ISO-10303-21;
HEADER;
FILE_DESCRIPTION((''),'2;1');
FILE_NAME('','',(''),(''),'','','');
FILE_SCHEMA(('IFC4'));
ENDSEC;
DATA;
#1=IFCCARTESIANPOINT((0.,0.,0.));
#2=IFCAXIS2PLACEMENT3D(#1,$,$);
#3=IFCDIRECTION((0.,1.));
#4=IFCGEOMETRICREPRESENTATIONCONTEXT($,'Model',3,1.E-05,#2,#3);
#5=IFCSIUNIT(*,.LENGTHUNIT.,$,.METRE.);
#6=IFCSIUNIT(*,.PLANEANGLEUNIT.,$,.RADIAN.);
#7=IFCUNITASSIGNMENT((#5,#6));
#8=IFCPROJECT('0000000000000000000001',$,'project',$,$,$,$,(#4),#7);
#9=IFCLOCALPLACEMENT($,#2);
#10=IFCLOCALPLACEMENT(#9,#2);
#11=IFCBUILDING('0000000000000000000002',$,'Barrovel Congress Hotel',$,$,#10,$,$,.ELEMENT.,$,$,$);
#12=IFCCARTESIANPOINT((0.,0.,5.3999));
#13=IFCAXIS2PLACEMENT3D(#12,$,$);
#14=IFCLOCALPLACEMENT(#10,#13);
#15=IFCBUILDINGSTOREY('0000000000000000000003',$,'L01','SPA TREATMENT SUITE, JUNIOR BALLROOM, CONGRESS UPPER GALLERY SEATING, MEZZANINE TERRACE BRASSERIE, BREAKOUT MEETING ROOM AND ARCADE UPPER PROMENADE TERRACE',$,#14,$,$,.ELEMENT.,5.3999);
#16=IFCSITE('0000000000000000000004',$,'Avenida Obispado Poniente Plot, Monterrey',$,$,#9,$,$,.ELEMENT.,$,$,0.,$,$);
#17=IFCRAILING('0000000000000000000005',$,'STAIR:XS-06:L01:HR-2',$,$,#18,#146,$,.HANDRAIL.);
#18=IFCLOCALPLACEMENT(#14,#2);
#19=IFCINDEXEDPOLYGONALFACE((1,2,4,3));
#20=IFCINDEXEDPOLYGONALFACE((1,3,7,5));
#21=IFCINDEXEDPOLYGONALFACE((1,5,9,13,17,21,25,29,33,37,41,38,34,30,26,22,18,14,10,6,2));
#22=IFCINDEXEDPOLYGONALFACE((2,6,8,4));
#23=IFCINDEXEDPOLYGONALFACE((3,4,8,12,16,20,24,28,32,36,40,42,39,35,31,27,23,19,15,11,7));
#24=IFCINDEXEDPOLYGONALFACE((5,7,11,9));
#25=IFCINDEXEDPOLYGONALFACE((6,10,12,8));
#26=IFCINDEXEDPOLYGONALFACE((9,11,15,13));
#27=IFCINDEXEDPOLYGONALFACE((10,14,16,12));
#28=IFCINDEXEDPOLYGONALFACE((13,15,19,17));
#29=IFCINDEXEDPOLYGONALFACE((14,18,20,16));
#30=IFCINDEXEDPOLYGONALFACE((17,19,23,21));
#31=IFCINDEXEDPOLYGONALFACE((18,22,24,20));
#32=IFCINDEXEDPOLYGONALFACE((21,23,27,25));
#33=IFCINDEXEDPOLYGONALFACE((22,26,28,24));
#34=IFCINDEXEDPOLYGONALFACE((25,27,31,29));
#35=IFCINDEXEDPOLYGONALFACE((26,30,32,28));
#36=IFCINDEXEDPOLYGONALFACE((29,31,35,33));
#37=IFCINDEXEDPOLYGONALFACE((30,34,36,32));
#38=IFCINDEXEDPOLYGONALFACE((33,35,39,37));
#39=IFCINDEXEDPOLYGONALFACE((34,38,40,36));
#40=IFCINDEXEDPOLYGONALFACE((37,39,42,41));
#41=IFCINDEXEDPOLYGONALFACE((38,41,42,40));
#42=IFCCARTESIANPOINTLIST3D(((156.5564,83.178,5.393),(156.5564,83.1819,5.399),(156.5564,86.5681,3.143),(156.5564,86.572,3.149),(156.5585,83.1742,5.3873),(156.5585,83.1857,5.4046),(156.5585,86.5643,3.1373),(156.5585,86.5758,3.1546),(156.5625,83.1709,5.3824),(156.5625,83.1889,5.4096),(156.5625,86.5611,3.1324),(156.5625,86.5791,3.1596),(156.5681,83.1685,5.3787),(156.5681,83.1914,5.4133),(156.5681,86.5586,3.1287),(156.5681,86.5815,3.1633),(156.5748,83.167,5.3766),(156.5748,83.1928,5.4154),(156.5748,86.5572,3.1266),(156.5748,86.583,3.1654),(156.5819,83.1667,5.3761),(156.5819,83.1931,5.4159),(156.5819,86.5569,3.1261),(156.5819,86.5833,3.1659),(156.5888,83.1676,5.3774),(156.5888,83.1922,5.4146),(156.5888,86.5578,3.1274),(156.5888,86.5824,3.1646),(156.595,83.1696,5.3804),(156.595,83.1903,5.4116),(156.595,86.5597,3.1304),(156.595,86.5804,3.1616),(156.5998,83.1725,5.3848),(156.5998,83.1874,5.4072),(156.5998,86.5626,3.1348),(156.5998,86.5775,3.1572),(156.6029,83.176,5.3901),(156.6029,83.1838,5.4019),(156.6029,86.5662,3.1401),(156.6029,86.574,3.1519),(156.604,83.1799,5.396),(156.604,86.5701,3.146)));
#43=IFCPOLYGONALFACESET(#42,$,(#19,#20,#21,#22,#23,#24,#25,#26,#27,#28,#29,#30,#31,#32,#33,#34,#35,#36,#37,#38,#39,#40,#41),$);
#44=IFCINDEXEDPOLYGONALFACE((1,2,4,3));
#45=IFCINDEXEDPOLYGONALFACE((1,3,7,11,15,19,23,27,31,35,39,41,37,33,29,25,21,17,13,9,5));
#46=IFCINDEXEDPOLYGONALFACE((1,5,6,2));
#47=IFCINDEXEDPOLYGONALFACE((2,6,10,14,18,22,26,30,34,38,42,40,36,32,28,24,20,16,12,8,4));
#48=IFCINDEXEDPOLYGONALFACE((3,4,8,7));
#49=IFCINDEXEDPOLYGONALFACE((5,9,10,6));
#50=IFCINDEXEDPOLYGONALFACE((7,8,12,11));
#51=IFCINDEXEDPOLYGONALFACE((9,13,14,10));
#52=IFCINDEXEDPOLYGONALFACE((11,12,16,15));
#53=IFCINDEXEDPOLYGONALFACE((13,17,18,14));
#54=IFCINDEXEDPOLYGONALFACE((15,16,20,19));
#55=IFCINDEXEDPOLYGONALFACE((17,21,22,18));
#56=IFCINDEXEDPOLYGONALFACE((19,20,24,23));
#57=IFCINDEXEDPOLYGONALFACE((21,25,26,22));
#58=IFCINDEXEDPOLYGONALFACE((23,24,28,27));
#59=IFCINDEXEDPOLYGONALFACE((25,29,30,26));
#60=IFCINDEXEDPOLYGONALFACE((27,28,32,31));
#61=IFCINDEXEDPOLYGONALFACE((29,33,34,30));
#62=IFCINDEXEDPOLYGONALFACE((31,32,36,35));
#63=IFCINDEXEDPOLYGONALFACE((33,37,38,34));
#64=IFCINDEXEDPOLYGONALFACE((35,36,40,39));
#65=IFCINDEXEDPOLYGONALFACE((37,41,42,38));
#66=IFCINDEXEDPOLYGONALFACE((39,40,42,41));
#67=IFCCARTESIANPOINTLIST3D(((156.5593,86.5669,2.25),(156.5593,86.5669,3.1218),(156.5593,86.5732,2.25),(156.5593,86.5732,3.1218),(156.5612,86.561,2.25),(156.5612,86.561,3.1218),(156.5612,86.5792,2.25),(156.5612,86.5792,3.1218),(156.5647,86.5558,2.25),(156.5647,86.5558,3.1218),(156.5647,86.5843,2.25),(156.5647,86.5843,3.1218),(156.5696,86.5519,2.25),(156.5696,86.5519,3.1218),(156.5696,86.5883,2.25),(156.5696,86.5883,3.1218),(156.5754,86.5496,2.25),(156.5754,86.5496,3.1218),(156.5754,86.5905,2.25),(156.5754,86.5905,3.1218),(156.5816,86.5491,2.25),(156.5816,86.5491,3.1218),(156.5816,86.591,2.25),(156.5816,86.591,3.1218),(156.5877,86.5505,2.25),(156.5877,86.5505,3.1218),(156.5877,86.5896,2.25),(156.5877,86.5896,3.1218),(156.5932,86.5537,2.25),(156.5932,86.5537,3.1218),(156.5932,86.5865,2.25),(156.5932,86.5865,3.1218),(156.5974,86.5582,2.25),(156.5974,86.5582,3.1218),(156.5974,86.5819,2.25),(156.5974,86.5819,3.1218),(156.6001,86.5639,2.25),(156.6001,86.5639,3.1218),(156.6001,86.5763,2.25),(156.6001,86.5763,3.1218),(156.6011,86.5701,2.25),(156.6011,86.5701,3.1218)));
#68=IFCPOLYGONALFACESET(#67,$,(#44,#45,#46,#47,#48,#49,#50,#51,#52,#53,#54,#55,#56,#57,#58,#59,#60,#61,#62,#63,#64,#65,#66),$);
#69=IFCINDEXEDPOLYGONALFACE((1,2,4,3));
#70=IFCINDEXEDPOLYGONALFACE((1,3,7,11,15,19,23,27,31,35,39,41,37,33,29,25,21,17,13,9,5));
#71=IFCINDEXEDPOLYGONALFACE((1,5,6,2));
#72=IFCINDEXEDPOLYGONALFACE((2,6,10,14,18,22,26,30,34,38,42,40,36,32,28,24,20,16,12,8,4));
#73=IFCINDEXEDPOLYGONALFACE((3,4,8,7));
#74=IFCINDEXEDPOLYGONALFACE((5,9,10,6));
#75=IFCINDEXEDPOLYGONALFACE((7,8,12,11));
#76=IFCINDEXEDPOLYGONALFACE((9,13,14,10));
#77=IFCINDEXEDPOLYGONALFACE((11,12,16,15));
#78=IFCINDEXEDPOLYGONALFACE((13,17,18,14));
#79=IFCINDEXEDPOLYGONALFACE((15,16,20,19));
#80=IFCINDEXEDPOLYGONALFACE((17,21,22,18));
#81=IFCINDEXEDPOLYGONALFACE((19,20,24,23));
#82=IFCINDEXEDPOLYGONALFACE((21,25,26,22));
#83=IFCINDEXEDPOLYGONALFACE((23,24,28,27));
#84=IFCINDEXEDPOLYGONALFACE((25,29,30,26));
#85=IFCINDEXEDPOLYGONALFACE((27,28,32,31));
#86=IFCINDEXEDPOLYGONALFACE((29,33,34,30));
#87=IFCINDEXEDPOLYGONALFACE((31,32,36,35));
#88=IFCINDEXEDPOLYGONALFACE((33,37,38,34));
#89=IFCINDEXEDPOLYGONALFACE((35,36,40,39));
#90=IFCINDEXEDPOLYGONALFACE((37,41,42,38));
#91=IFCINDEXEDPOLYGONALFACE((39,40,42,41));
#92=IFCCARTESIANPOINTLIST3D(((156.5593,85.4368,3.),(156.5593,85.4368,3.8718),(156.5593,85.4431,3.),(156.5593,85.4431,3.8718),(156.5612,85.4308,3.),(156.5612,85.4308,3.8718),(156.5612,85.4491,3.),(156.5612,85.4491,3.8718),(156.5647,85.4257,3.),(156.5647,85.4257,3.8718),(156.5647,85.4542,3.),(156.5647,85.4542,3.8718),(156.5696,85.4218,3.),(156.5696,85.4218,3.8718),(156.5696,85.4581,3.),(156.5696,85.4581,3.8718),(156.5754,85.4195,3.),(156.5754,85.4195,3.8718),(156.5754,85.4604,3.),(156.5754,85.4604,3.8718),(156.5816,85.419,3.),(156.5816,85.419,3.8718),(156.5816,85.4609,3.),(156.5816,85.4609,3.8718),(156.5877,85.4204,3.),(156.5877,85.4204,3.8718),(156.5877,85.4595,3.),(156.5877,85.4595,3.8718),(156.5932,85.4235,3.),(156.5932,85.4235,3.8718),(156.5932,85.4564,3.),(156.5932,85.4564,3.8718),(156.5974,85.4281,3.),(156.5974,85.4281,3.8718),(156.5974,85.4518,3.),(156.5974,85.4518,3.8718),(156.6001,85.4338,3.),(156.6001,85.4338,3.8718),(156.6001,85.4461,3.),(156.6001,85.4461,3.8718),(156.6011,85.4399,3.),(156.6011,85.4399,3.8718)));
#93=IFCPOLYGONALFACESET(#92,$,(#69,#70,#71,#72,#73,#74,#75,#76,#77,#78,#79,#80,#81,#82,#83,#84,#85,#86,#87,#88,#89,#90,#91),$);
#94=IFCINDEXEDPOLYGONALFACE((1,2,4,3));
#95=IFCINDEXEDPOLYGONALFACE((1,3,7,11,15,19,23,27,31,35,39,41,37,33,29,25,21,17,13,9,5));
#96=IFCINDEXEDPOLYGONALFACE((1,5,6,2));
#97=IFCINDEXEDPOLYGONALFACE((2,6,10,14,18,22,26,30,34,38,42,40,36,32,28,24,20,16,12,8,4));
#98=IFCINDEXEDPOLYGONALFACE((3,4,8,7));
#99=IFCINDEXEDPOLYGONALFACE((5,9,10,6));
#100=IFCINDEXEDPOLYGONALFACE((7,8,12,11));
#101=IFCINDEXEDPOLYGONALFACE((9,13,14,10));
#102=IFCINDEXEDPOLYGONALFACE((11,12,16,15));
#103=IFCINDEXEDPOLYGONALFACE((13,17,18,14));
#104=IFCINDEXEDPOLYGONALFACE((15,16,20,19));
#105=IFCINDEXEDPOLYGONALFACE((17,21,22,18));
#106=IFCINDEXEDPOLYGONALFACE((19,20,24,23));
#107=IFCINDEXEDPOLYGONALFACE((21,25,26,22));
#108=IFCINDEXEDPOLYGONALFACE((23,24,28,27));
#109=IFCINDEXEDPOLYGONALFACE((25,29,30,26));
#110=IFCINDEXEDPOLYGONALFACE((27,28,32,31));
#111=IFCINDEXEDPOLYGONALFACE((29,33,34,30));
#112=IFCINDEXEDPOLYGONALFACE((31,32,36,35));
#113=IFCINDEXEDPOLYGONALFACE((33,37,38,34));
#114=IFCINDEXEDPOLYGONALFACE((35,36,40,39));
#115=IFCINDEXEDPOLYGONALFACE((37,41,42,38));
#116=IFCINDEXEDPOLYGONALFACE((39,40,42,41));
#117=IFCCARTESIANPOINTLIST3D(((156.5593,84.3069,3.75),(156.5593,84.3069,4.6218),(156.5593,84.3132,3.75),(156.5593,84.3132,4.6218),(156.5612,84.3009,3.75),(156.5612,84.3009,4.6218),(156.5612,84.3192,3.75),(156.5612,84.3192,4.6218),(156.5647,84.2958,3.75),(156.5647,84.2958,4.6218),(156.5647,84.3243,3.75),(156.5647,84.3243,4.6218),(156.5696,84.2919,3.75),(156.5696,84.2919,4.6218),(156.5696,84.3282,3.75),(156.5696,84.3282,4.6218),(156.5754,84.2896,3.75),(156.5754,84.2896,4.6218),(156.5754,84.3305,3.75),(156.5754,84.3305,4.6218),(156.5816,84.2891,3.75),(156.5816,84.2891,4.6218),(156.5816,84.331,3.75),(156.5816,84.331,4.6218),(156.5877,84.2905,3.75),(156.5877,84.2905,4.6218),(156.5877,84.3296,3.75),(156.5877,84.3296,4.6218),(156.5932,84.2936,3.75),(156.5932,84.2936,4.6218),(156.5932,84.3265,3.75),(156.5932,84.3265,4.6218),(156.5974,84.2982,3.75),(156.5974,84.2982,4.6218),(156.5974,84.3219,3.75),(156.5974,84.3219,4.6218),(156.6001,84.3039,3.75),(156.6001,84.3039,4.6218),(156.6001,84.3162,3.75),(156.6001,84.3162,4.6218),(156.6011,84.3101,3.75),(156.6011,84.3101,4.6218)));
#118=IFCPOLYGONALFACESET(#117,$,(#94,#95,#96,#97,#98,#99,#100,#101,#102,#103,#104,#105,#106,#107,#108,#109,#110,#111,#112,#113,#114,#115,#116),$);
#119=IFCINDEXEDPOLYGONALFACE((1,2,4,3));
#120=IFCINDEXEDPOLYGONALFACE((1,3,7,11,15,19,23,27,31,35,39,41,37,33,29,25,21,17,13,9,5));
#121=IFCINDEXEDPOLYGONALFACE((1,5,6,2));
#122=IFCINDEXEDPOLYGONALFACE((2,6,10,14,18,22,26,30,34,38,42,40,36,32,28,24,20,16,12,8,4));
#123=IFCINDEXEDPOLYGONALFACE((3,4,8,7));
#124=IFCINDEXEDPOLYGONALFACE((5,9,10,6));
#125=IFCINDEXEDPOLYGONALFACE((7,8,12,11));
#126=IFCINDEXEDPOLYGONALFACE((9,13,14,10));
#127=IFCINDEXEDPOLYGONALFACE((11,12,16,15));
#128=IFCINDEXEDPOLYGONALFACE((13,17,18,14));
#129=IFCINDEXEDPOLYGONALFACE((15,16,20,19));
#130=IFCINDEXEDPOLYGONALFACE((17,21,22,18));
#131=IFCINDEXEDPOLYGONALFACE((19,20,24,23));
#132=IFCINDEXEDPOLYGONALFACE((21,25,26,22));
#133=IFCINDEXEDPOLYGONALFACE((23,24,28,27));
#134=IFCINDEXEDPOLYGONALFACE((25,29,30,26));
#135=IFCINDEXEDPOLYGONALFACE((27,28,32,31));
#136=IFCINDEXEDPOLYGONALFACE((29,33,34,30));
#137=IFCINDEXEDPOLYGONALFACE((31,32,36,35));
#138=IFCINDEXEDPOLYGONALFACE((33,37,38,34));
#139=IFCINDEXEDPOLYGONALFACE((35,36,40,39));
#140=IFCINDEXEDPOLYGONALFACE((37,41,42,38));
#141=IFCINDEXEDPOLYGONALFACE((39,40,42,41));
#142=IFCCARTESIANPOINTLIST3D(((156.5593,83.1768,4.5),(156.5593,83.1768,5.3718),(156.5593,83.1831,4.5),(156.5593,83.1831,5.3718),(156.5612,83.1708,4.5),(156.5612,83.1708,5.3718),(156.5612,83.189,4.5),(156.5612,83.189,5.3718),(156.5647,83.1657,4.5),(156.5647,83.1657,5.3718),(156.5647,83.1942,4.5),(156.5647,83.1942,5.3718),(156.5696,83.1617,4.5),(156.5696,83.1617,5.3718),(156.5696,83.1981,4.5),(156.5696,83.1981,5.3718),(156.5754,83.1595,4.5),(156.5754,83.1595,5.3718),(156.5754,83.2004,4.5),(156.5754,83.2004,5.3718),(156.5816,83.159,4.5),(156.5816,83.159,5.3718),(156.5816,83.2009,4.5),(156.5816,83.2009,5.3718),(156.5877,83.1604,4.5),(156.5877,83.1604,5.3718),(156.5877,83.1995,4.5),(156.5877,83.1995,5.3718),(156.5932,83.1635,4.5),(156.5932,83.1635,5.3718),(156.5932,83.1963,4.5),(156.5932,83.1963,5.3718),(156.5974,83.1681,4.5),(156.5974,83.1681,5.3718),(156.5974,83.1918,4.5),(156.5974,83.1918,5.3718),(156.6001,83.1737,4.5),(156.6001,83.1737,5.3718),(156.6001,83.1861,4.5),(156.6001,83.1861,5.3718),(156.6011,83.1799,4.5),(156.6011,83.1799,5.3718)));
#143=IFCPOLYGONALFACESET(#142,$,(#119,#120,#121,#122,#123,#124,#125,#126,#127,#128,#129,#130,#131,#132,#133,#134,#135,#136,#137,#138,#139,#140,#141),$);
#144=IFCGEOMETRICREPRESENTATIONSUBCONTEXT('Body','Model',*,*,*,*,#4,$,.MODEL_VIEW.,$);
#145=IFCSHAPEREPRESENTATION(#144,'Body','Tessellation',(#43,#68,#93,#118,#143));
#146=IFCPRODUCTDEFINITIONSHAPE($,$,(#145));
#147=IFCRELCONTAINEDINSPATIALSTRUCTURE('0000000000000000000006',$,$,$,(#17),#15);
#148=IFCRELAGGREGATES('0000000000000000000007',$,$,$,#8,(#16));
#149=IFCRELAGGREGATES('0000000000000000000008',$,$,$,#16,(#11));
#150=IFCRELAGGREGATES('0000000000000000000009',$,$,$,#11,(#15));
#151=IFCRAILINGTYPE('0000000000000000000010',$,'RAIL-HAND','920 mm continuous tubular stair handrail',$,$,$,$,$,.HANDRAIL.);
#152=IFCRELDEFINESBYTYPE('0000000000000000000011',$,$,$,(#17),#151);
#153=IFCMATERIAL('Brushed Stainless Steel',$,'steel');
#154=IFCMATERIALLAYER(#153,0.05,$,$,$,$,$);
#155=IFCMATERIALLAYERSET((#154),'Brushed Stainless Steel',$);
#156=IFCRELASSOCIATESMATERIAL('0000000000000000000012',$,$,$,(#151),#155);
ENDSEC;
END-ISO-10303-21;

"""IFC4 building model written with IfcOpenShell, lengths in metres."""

from ifc_helpers import new_model, si_unit, direction, frame, origin, origin_2d, place, context, subcontext, project, spatial, circle, extrude, material, layer, layer_set, type_object, element, save


model = new_model("IFC4")

# Units and contexts
model_context = context("Model", 3, precision=1e-05, world=origin(), true_north=direction((0.0, 1.0)))
body_context = subcontext(model_context, "Body", "Model", "MODEL_VIEW")
ifc_project = project(units=[si_unit("LENGTHUNIT", "METRE"), si_unit("PLANEANGLEUNIT", "RADIAN")], contexts=[model_context])

# Site, building, storey
site_placement = place(None, origin())
site = spatial("IfcSite", under=ifc_project, at=site_placement, Name="Avenida Obispado Poniente Plot, Monterrey", CompositionType="ELEMENT", RefElevation=0.0)
building_placement = place(site_placement, origin())
building = spatial("IfcBuilding", under=site, at=building_placement, Name="Barrovel Congress Hotel", CompositionType="ELEMENT")
storey_placement = place(building_placement, frame((0.0, 0.0, 5.3999)))
storey = spatial("IfcBuildingStorey", under=building, at=storey_placement, Name="L01", Description="SPA TREATMENT SUITE, JUNIOR BALLROOM, CONGRESS UPPER GALLERY SEATING, MEZZANINE TERRACE BRASSERIE, BREAKOUT MEETING ROOM AND ARCADE UPPER PROMENADE TERRACE", CompositionType="ELEMENT", Elevation=5.3999)

# Railing
ifc_material_1 = material(Name="Brushed Stainless Steel", Category="steel")
ifc_layer_1 = layer(ifc_material_1, 0.05)
ifc_layer_set_1 = layer_set([ifc_layer_1], Name="Brushed Stainless Steel")
railing_type_1 = type_object("IfcRailingType", Name="RAIL-HAND", Description="920 mm continuous tubular stair handrail", PredefinedType="HANDRAIL", material=ifc_layer_set_1)
railing_1_placement = place(storey_placement, frame((156.5801, 86.5701, 2.25)))
element("IfcRailing", 1, at=railing_1_placement, inside=storey, type_object=railing_type_1, Name="STAIR:XS-06:L01:HR-2", PredefinedType="HANDRAIL", context=body_context, shape_type="SweptSolid", body=[
    extrude(circle(Radius=0.0239, at=origin_2d()), frame((0.0, 0.0, 0.896), z_axis=(0.0, -0.833193, 0.552982), x_axis=(1.0, 0.0, 0.0)), (0.0, 0.0, 1.0), 4.0688),
    extrude(circle(Radius=0.021, at=origin_2d()), origin(), (0.0, 0.0, 1.0), 0.8718),
    extrude(circle(Radius=0.021, at=origin_2d()), frame((0.0, -1.1301, 0.75)), (0.0, 0.0, 1.0), 0.8718),
    extrude(circle(Radius=0.021, at=origin_2d()), frame((0.0, -2.26, 1.5)), (0.0, 0.0, 1.0), 0.8718),
    extrude(circle(Radius=0.021, at=origin_2d()), frame((0.0, -3.3901, 2.25)), (0.0, 0.0, 1.0), 0.8718),
])

save(model, "model.ifc")
